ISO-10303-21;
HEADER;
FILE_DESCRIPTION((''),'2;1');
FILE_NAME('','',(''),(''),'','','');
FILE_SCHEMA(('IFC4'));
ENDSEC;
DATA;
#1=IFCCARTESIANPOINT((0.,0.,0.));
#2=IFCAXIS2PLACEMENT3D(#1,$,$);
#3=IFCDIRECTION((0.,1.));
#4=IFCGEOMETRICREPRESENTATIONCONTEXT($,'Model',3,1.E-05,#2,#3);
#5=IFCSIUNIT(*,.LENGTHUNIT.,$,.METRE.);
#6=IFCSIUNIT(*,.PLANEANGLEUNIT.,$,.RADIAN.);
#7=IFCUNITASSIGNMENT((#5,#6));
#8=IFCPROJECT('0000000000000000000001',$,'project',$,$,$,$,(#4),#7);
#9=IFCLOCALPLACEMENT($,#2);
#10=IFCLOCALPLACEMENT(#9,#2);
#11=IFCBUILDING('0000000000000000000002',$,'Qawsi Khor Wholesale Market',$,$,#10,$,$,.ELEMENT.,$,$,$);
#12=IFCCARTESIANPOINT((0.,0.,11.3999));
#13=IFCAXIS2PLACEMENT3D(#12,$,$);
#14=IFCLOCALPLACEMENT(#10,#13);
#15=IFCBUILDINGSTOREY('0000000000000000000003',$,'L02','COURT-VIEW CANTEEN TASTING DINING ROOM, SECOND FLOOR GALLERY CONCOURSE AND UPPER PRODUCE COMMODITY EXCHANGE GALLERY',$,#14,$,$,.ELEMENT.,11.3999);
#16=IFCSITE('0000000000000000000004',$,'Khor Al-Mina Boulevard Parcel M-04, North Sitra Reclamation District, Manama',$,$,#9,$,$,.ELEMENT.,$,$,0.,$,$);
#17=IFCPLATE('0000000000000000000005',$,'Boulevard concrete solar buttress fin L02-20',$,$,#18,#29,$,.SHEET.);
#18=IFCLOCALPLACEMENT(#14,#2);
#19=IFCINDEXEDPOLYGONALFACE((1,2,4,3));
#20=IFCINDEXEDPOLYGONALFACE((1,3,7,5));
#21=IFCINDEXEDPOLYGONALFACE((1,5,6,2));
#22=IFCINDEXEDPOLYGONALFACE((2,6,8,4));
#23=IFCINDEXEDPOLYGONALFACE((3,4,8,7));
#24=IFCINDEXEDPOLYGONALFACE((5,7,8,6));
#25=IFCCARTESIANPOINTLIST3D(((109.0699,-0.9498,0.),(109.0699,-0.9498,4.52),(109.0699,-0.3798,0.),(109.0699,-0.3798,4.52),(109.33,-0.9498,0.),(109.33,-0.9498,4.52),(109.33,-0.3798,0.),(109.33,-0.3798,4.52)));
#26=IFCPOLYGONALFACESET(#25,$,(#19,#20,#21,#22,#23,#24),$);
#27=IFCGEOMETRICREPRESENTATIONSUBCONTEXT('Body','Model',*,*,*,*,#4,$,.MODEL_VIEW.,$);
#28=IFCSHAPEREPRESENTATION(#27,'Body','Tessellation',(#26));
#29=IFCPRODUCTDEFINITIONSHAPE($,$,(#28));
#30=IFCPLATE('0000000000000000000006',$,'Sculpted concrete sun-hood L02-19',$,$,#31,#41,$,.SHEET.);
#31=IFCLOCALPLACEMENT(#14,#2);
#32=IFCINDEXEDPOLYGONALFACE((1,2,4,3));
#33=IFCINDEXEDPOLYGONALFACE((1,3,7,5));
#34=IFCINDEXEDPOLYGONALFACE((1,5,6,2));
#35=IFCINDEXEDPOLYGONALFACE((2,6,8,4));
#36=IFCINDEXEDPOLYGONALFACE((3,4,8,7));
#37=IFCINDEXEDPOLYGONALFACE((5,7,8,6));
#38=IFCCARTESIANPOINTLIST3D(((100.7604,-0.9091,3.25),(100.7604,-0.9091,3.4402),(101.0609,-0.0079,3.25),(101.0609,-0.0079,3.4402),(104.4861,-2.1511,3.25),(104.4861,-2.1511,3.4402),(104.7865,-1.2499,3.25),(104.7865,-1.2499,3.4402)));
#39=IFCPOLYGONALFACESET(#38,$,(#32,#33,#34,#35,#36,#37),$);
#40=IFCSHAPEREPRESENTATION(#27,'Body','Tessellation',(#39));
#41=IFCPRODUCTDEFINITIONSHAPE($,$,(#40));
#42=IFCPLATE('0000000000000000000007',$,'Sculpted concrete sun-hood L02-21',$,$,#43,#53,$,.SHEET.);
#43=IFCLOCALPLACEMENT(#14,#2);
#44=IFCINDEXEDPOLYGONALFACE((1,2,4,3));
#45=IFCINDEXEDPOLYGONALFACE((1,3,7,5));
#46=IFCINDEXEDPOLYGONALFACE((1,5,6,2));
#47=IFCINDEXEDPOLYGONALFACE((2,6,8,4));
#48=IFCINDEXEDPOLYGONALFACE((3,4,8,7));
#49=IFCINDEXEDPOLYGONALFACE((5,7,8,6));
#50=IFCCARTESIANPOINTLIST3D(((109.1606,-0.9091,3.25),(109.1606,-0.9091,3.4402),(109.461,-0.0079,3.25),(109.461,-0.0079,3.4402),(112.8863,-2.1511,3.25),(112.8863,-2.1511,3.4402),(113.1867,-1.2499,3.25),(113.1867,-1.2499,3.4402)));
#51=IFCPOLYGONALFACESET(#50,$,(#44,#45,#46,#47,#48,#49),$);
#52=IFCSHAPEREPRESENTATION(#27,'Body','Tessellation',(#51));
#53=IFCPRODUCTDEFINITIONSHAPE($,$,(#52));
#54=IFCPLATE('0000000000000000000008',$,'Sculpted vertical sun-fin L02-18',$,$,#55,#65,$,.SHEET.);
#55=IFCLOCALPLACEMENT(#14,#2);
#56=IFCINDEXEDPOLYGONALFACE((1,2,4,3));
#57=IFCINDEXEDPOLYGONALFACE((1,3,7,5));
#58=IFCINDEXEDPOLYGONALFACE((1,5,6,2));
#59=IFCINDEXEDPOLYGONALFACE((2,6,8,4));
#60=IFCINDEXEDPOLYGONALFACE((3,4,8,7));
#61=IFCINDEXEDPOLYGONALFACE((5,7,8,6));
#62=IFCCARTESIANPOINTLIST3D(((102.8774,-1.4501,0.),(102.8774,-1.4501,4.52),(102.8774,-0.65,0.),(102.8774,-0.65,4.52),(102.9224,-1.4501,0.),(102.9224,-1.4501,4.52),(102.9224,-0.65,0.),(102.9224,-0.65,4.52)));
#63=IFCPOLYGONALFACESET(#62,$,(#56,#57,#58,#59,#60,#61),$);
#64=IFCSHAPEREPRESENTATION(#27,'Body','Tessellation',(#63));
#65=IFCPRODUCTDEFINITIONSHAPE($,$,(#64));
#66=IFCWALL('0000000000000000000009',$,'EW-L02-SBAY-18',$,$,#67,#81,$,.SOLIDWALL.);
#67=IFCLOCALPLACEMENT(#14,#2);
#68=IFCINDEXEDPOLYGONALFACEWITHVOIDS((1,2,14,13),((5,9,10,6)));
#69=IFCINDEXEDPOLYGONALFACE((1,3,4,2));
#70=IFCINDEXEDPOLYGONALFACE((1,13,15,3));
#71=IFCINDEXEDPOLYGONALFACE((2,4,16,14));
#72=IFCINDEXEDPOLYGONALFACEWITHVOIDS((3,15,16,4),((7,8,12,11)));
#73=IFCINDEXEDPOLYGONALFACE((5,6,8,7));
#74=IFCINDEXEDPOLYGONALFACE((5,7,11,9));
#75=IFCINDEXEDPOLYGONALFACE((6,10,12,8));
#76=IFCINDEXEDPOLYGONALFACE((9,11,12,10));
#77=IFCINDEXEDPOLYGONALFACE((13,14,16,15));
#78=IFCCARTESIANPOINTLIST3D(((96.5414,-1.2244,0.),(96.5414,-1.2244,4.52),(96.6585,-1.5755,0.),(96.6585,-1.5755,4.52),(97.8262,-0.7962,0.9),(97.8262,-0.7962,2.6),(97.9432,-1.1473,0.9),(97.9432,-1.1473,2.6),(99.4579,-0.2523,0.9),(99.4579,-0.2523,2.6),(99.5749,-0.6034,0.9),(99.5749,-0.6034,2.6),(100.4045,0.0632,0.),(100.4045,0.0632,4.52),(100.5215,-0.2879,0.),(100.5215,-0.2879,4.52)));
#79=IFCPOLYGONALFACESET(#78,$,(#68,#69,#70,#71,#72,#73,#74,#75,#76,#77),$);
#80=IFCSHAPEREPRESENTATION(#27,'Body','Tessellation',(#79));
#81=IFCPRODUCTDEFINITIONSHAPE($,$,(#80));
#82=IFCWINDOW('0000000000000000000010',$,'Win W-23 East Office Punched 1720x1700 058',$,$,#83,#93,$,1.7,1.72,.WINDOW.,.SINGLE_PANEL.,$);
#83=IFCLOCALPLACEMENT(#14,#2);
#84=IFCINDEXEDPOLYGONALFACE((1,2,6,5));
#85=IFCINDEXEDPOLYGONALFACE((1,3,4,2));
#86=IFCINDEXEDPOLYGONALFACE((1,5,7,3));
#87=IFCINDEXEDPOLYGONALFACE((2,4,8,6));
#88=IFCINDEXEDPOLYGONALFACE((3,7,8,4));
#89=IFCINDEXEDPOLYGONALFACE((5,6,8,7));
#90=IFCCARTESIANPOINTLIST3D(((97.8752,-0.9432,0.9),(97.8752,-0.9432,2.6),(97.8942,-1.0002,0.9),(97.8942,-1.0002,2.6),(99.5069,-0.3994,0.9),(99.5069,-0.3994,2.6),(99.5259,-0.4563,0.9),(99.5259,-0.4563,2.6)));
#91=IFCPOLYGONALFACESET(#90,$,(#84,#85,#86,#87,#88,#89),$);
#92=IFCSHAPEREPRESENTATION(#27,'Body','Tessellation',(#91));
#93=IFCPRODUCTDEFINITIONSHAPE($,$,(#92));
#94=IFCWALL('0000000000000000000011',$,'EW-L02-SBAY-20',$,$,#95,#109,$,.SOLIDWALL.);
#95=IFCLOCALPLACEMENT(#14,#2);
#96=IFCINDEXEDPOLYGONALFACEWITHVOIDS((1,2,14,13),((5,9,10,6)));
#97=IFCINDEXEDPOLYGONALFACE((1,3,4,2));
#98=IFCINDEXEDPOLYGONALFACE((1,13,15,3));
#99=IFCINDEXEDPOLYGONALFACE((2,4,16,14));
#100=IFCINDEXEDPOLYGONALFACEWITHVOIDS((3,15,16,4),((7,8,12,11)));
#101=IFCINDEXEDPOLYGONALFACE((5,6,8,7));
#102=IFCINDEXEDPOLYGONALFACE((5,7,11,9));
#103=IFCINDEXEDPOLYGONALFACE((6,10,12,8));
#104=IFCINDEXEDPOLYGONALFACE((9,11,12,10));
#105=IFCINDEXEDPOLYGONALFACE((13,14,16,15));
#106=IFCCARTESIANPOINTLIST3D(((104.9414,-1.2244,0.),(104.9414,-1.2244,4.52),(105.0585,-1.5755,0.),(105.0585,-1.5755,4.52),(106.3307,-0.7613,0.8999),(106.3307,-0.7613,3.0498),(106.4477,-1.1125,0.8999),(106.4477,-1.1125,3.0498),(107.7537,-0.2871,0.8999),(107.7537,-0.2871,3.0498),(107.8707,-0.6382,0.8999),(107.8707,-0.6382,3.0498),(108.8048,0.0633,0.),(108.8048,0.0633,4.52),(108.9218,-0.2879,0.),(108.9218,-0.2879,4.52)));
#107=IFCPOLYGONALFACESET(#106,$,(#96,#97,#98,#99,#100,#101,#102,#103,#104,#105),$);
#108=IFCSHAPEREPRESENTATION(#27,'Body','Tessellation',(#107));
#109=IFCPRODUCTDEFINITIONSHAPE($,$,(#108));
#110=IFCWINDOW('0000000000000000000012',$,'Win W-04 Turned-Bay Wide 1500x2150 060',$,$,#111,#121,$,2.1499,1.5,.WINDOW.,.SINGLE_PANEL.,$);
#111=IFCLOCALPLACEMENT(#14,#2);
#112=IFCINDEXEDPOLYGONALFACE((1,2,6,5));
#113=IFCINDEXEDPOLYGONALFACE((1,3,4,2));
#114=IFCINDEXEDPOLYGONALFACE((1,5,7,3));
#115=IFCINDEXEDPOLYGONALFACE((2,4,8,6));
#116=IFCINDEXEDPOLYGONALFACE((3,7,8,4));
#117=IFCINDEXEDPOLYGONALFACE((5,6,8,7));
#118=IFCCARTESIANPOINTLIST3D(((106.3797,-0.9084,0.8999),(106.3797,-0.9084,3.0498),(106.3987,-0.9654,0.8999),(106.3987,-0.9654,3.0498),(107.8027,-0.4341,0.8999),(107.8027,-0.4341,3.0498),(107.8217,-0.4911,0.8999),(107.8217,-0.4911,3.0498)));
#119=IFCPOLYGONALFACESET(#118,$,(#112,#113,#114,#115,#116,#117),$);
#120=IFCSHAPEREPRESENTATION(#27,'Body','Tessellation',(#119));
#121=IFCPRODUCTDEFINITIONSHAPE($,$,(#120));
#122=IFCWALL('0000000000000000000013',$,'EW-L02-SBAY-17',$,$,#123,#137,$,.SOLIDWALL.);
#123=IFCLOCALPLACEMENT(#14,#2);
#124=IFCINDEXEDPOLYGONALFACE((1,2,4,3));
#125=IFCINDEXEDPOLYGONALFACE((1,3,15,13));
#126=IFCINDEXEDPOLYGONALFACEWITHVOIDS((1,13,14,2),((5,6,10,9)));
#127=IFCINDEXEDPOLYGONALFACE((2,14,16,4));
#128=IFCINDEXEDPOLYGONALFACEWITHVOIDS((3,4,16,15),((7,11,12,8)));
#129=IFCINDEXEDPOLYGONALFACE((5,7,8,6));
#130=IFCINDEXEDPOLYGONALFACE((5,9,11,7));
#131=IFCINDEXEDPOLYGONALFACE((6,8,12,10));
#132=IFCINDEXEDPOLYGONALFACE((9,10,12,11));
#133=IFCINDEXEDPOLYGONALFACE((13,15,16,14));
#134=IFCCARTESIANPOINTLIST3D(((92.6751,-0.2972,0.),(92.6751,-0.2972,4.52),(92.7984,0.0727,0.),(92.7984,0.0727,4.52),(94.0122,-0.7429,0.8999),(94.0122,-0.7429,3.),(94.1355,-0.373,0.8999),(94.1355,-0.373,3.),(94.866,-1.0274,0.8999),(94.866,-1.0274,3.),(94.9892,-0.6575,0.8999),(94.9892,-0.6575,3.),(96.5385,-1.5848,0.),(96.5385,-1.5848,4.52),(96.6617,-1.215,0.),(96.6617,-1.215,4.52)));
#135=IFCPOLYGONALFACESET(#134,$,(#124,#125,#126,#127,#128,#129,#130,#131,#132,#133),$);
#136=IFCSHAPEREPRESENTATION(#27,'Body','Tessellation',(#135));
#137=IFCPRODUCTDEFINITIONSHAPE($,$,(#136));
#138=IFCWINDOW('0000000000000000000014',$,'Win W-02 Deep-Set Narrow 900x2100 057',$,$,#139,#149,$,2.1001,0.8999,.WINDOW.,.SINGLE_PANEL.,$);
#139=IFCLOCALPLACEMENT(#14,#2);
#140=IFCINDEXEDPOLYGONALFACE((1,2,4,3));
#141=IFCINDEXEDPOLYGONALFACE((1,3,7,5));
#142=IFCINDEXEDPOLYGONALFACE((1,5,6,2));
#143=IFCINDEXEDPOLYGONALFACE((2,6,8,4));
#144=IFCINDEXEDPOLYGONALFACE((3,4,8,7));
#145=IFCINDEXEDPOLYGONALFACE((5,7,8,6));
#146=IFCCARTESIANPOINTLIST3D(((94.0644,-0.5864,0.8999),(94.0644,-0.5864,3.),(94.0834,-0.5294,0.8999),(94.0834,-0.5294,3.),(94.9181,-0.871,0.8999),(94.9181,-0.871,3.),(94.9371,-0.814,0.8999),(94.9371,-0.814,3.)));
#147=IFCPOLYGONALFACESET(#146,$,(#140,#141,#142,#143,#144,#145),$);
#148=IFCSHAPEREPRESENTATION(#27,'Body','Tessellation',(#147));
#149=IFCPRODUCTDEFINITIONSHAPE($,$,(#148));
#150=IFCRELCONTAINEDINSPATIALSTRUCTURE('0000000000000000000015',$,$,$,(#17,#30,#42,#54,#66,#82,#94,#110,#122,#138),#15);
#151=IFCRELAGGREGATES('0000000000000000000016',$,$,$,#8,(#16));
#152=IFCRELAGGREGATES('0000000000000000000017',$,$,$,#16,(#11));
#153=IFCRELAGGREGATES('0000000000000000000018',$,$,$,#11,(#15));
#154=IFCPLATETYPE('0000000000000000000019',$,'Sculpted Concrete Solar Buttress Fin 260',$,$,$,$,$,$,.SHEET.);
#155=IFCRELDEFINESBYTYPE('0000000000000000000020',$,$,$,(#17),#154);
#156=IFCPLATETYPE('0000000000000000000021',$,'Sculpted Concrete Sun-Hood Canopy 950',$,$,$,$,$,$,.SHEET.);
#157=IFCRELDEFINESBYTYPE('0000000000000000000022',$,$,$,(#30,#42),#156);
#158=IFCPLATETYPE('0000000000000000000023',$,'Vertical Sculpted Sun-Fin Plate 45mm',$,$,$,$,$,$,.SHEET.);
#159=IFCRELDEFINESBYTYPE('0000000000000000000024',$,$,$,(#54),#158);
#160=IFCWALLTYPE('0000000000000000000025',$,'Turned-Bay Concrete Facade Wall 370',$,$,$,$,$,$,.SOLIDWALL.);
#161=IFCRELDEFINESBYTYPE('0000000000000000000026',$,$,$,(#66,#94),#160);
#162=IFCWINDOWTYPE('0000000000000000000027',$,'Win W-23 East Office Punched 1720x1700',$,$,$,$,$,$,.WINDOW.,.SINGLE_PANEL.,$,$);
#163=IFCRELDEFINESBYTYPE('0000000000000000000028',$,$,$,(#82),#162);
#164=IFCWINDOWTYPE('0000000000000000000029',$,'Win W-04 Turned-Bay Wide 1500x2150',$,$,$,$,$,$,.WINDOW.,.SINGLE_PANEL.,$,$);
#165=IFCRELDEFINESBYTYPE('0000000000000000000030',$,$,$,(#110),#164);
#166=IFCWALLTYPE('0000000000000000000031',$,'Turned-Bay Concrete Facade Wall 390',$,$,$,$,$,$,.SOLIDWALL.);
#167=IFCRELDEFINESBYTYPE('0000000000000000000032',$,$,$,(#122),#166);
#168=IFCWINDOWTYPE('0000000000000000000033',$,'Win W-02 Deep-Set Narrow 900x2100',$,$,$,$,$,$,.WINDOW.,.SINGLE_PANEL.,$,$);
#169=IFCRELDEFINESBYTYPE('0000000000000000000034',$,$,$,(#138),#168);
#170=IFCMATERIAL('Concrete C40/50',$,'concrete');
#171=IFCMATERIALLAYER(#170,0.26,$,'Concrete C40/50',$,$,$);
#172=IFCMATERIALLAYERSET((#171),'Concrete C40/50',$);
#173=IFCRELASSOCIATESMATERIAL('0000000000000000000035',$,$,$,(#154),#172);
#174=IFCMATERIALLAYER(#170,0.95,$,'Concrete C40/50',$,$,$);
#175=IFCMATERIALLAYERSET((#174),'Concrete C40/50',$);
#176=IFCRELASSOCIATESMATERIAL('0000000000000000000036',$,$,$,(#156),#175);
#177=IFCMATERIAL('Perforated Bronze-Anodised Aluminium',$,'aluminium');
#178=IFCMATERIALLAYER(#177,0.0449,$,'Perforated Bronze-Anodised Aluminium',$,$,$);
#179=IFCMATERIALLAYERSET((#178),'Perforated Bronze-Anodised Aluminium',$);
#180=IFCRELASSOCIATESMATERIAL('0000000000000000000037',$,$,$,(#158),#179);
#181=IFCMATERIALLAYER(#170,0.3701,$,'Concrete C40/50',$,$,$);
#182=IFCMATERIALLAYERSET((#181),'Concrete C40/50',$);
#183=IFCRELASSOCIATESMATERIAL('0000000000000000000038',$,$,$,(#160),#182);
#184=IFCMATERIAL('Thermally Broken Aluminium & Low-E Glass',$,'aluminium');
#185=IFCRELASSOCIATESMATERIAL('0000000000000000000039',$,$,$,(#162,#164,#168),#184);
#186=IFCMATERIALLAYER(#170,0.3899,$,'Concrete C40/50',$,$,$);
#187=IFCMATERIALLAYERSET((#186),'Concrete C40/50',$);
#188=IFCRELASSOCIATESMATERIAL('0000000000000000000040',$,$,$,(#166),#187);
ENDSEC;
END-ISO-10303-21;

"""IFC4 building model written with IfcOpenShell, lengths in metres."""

from ifc_helpers import new_model, si_unit, direction, frame, frame_2d, origin, place, context, subcontext, project, spatial, rectangle, extrude, material, layer, layer_set, type_object, element, fill, save


model = new_model("IFC4")

# Units and contexts
model_context = context("Model", 3, precision=1e-05, world=origin(), true_north=direction((0.0, 1.0)))
body_context = subcontext(model_context, "Body", "Model", "MODEL_VIEW")
ifc_project = project(units=[si_unit("LENGTHUNIT", "METRE"), si_unit("PLANEANGLEUNIT", "RADIAN")], contexts=[model_context])

# Site, building, storey
site_placement = place(None, origin())
site = spatial("IfcSite", under=ifc_project, at=site_placement, Name="Khor Al-Mina Boulevard Parcel M-04, North Sitra Reclamation District, Manama", CompositionType="ELEMENT", RefElevation=0.0)
building_placement = place(site_placement, origin())
building = spatial("IfcBuilding", under=site, at=building_placement, Name="Qawsi Khor Wholesale Market", CompositionType="ELEMENT")
storey_placement = place(building_placement, frame((0.0, 0.0, 11.3999)))
storey = spatial("IfcBuildingStorey", under=building, at=storey_placement, Name="L02", Description="COURT-VIEW CANTEEN TASTING DINING ROOM, SECOND FLOOR GALLERY CONCOURSE AND UPPER PRODUCE COMMODITY EXCHANGE GALLERY", CompositionType="ELEMENT", Elevation=11.3999)

# Shared definitions
ifc_material_1 = material(Name="Concrete C40/50", Category="concrete")

# Plates
ifc_material_2 = material(Name="Perforated Bronze-Anodised Aluminium", Category="aluminium")
ifc_layer_1 = layer(ifc_material_1, 0.26, Name="Concrete C40/50")
ifc_layer_set_1 = layer_set([ifc_layer_1], Name="Concrete C40/50")
plate_type_1 = type_object("IfcPlateType", Name="Sculpted Concrete Solar Buttress Fin 260", PredefinedType="SHEET", material=ifc_layer_set_1)
plate_1_placement = place(storey_placement, frame((109.2, -0.95, 0.0), z_axis=(0.0, 0.0, 1.0), x_axis=(0.0, 1.0, 0.0)))
element("IfcPlate", 1, at=plate_1_placement, inside=storey, type_object=plate_type_1, Name="Boulevard concrete solar buttress fin L02-20", PredefinedType="SHEET", context=body_context, shape_type="SweptSolid", body=[
    extrude(rectangle(XDim=0.5701, YDim=0.26, at=frame_2d((0.2852, 0.0))), origin(), (0.0, 0.0, 1.0), 4.52),
])
ifc_layer_2 = layer(ifc_material_1, 0.95, Name="Concrete C40/50")
ifc_layer_set_2 = layer_set([ifc_layer_2], Name="Concrete C40/50")
plate_type_2 = type_object("IfcPlateType", Name="Sculpted Concrete Sun-Hood Canopy 950", PredefinedType="SHEET", material=ifc_layer_set_2)
for number, where, z_axis, x_axis, name in (
    (2, (100.9106, -0.4585, 3.25), (0.0, 0.0, 1.0), (0.948677, -0.316246, 0.0), "Sculpted concrete sun-hood L02-19"),
    (3, (109.3108, -0.4585, 3.25), (0.0, 0.0, 1.0), (0.948677, -0.316246, 0.0), "Sculpted concrete sun-hood L02-21"),
):
    element("IfcPlate", number, at=place(storey_placement, frame(where, z_axis=z_axis, x_axis=x_axis)), inside=storey, type_object=plate_type_2, Name=name, PredefinedType="SHEET", context=body_context, shape_type="SweptSolid", body=[
        extrude(rectangle(XDim=3.9272, YDim=0.95, at=frame_2d((1.9636, 0.0))), origin(), (0.0, 0.0, 1.0), 0.1902),
    ])
ifc_layer_3 = layer(ifc_material_2, 0.0449, Name="Perforated Bronze-Anodised Aluminium")
ifc_layer_set_3 = layer_set([ifc_layer_3], Name="Perforated Bronze-Anodised Aluminium")
plate_type_3 = type_object("IfcPlateType", Name="Vertical Sculpted Sun-Fin Plate 45mm", PredefinedType="SHEET", material=ifc_layer_set_3)
plate_2_placement = place(storey_placement, frame((102.8999, -1.45, 0.0), z_axis=(0.0, 0.0, 1.0), x_axis=(0.0, 1.0, 0.0)))
element("IfcPlate", 4, at=plate_2_placement, inside=storey, type_object=plate_type_3, Name="Sculpted vertical sun-fin L02-18", PredefinedType="SHEET", context=body_context, shape_type="SweptSolid", body=[
    extrude(rectangle(XDim=0.8, YDim=0.0449, at=frame_2d((0.3999, 0.0))), origin(), (0.0, 0.0, 1.0), 4.52),
])

# Walls, openings, windows
ifc_layer_4 = layer(ifc_material_1, 0.3701, Name="Concrete C40/50")
ifc_layer_set_4 = layer_set([ifc_layer_4], Name="Concrete C40/50")
wall_type_1 = type_object("IfcWallType", Name="Turned-Bay Concrete Facade Wall 370", PredefinedType="SOLIDWALL", material=ifc_layer_set_4)
wall_1_placement = place(storey_placement, frame((100.4631, -0.1123, 0.0), z_axis=(0.0, 0.0, 1.0), x_axis=(-0.948689, -0.31621, 0.0)))
wall_1 = element("IfcWall", 5, at=wall_1_placement, inside=storey, type_object=wall_type_1, Name="EW-L02-SBAY-18", PredefinedType="SOLIDWALL", context=body_context, shape_type="SweptSolid", body=[
    extrude(rectangle(XDim=4.072, YDim=0.3701, at=frame_2d((2.0361, 0.0))), origin(), (0.0, 0.0, 1.0), 4.52),
])
opening_1_placement = place(wall_1_placement, frame((0.998, 0.0, 0.8999)))
opening_1 = element("IfcOpeningElement", 6, at=opening_1_placement, cuts=wall_1, PredefinedType="OPENING", context=body_context, shape_type="SweptSolid", body=[
    extrude(rectangle(XDim=1.72, YDim=1.7, at=frame_2d((0.8599, 0.8501))), frame((0.0, 0.1951, 0.0), z_axis=(0.0, -1.0, 0.0), x_axis=(1.0, 0.0, 0.0)), (0.0, 0.0, 1.0), 0.3901),
])
ifc_material_3 = material(Name="Thermally Broken Aluminium & Low-E Glass", Category="aluminium")
window_type_1 = type_object("IfcWindowType", Name="Win W-23 East Office Punched 1720x1700", PartitioningType="SINGLE_PANEL", PredefinedType="WINDOW", material=ifc_material_3)
window_1_placement = place(opening_1_placement, origin())
window_1 = element("IfcWindow", 7, at=window_1_placement, inside=storey, type_object=window_type_1, Name="Win W-23 East Office Punched 1720x1700 058", OverallHeight=1.7, OverallWidth=1.72, PartitioningType="SINGLE_PANEL", PredefinedType="WINDOW", context=body_context, shape_type="SweptSolid", body=[
    extrude(rectangle(XDim=1.72, YDim=1.7, at=frame_2d((0.8599, 0.8501))), frame((0.0, 0.03, 0.0), z_axis=(0.0, -1.0, 0.0), x_axis=(1.0, 0.0, 0.0)), (0.0, 0.0, 1.0), 0.0601),
])
fill(opening_1, window_1)
wall_2_placement = place(storey_placement, frame((108.8633, -0.1123, 0.0), z_axis=(0.0, 0.0, 1.0), x_axis=(-0.948695, -0.316192, 0.0)))
wall_2 = element("IfcWall", 8, at=wall_2_placement, inside=storey, type_object=wall_type_1, Name="EW-L02-SBAY-20", PredefinedType="SOLIDWALL", context=body_context, shape_type="SweptSolid", body=[
    extrude(rectangle(XDim=4.0723, YDim=0.3701, at=frame_2d((2.0361, 0.0))), origin(), (0.0, 0.0, 1.0), 4.52),
])
opening_2_placement = place(wall_2_placement, frame((1.1079, 0.0, 0.8999)))
opening_2 = element("IfcOpeningElement", 9, at=opening_2_placement, cuts=wall_2, PredefinedType="OPENING", context=body_context, shape_type="SweptSolid", body=[
    extrude(rectangle(XDim=1.5, YDim=2.1499, at=frame_2d((0.75, 1.075))), frame((0.0, 0.1951, 0.0), z_axis=(0.0, -1.0, 0.0), x_axis=(1.0, 0.0, 0.0)), (0.0, 0.0, 1.0), 0.3901),
])
window_type_2 = type_object("IfcWindowType", Name="Win W-04 Turned-Bay Wide 1500x2150", PartitioningType="SINGLE_PANEL", PredefinedType="WINDOW", material=ifc_material_3)
window_2_placement = place(opening_2_placement, origin())
window_2 = element("IfcWindow", 10, at=window_2_placement, inside=storey, type_object=window_type_2, Name="Win W-04 Turned-Bay Wide 1500x2150 060", OverallHeight=2.1499, OverallWidth=1.5, PartitioningType="SINGLE_PANEL", PredefinedType="WINDOW", context=body_context, shape_type="SweptSolid", body=[
    extrude(rectangle(XDim=1.5, YDim=2.1499, at=frame_2d((0.75, 1.075))), frame((0.0, 0.03, 0.0), z_axis=(0.0, -1.0, 0.0), x_axis=(1.0, 0.0, 0.0)), (0.0, 0.0, 1.0), 0.0601),
])
fill(opening_2, window_2)
ifc_layer_5 = layer(ifc_material_1, 0.3899, Name="Concrete C40/50")
ifc_layer_set_5 = layer_set([ifc_layer_5], Name="Concrete C40/50")
wall_type_2 = type_object("IfcWallType", Name="Turned-Bay Concrete Facade Wall 390", PredefinedType="SOLIDWALL", material=ifc_layer_set_5)
wall_3_placement = place(storey_placement, frame((96.6001, -1.3999, 0.0), z_axis=(0.0, 0.0, 1.0), x_axis=(-0.948695, 0.316192, 0.0)))
wall_3 = element("IfcWall", 11, at=wall_3_placement, inside=storey, type_object=wall_type_2, Name="EW-L02-SBAY-17", PredefinedType="SOLIDWALL", context=body_context, shape_type="SweptSolid", body=[
    extrude(rectangle(XDim=4.0723, YDim=0.3899, at=frame_2d((2.0361, 0.0))), origin(), (0.0, 0.0, 1.0), 4.52),
])
opening_3_placement = place(wall_3_placement, frame((1.7629, 0.0, 0.8999)))
opening_3 = element("IfcOpeningElement", 12, at=opening_3_placement, cuts=wall_3, PredefinedType="OPENING", context=body_context, shape_type="SweptSolid", body=[
    extrude(rectangle(XDim=0.8999, YDim=2.1001, at=frame_2d((0.45, 1.05))), frame((0.0, 0.2048, 0.0), z_axis=(0.0, -1.0, 0.0), x_axis=(1.0, 0.0, 0.0)), (0.0, 0.0, 1.0), 0.4099),
])
window_type_3 = type_object("IfcWindowType", Name="Win W-02 Deep-Set Narrow 900x2100", PartitioningType="SINGLE_PANEL", PredefinedType="WINDOW", material=ifc_material_3)
window_3_placement = place(opening_3_placement, origin())
window_3 = element("IfcWindow", 13, at=window_3_placement, inside=storey, type_object=window_type_3, Name="Win W-02 Deep-Set Narrow 900x2100 057", OverallHeight=2.1001, OverallWidth=0.8999, PartitioningType="SINGLE_PANEL", PredefinedType="WINDOW", context=body_context, shape_type="SweptSolid", body=[
    extrude(rectangle(XDim=0.8999, YDim=2.1001, at=frame_2d((0.45, 1.05))), frame((0.0, 0.03, 0.0), z_axis=(0.0, -1.0, 0.0), x_axis=(1.0, 0.0, 0.0)), (0.0, 0.0, 1.0), 0.0601),
])
fill(opening_3, window_3)

save(model, "model.ifc")
